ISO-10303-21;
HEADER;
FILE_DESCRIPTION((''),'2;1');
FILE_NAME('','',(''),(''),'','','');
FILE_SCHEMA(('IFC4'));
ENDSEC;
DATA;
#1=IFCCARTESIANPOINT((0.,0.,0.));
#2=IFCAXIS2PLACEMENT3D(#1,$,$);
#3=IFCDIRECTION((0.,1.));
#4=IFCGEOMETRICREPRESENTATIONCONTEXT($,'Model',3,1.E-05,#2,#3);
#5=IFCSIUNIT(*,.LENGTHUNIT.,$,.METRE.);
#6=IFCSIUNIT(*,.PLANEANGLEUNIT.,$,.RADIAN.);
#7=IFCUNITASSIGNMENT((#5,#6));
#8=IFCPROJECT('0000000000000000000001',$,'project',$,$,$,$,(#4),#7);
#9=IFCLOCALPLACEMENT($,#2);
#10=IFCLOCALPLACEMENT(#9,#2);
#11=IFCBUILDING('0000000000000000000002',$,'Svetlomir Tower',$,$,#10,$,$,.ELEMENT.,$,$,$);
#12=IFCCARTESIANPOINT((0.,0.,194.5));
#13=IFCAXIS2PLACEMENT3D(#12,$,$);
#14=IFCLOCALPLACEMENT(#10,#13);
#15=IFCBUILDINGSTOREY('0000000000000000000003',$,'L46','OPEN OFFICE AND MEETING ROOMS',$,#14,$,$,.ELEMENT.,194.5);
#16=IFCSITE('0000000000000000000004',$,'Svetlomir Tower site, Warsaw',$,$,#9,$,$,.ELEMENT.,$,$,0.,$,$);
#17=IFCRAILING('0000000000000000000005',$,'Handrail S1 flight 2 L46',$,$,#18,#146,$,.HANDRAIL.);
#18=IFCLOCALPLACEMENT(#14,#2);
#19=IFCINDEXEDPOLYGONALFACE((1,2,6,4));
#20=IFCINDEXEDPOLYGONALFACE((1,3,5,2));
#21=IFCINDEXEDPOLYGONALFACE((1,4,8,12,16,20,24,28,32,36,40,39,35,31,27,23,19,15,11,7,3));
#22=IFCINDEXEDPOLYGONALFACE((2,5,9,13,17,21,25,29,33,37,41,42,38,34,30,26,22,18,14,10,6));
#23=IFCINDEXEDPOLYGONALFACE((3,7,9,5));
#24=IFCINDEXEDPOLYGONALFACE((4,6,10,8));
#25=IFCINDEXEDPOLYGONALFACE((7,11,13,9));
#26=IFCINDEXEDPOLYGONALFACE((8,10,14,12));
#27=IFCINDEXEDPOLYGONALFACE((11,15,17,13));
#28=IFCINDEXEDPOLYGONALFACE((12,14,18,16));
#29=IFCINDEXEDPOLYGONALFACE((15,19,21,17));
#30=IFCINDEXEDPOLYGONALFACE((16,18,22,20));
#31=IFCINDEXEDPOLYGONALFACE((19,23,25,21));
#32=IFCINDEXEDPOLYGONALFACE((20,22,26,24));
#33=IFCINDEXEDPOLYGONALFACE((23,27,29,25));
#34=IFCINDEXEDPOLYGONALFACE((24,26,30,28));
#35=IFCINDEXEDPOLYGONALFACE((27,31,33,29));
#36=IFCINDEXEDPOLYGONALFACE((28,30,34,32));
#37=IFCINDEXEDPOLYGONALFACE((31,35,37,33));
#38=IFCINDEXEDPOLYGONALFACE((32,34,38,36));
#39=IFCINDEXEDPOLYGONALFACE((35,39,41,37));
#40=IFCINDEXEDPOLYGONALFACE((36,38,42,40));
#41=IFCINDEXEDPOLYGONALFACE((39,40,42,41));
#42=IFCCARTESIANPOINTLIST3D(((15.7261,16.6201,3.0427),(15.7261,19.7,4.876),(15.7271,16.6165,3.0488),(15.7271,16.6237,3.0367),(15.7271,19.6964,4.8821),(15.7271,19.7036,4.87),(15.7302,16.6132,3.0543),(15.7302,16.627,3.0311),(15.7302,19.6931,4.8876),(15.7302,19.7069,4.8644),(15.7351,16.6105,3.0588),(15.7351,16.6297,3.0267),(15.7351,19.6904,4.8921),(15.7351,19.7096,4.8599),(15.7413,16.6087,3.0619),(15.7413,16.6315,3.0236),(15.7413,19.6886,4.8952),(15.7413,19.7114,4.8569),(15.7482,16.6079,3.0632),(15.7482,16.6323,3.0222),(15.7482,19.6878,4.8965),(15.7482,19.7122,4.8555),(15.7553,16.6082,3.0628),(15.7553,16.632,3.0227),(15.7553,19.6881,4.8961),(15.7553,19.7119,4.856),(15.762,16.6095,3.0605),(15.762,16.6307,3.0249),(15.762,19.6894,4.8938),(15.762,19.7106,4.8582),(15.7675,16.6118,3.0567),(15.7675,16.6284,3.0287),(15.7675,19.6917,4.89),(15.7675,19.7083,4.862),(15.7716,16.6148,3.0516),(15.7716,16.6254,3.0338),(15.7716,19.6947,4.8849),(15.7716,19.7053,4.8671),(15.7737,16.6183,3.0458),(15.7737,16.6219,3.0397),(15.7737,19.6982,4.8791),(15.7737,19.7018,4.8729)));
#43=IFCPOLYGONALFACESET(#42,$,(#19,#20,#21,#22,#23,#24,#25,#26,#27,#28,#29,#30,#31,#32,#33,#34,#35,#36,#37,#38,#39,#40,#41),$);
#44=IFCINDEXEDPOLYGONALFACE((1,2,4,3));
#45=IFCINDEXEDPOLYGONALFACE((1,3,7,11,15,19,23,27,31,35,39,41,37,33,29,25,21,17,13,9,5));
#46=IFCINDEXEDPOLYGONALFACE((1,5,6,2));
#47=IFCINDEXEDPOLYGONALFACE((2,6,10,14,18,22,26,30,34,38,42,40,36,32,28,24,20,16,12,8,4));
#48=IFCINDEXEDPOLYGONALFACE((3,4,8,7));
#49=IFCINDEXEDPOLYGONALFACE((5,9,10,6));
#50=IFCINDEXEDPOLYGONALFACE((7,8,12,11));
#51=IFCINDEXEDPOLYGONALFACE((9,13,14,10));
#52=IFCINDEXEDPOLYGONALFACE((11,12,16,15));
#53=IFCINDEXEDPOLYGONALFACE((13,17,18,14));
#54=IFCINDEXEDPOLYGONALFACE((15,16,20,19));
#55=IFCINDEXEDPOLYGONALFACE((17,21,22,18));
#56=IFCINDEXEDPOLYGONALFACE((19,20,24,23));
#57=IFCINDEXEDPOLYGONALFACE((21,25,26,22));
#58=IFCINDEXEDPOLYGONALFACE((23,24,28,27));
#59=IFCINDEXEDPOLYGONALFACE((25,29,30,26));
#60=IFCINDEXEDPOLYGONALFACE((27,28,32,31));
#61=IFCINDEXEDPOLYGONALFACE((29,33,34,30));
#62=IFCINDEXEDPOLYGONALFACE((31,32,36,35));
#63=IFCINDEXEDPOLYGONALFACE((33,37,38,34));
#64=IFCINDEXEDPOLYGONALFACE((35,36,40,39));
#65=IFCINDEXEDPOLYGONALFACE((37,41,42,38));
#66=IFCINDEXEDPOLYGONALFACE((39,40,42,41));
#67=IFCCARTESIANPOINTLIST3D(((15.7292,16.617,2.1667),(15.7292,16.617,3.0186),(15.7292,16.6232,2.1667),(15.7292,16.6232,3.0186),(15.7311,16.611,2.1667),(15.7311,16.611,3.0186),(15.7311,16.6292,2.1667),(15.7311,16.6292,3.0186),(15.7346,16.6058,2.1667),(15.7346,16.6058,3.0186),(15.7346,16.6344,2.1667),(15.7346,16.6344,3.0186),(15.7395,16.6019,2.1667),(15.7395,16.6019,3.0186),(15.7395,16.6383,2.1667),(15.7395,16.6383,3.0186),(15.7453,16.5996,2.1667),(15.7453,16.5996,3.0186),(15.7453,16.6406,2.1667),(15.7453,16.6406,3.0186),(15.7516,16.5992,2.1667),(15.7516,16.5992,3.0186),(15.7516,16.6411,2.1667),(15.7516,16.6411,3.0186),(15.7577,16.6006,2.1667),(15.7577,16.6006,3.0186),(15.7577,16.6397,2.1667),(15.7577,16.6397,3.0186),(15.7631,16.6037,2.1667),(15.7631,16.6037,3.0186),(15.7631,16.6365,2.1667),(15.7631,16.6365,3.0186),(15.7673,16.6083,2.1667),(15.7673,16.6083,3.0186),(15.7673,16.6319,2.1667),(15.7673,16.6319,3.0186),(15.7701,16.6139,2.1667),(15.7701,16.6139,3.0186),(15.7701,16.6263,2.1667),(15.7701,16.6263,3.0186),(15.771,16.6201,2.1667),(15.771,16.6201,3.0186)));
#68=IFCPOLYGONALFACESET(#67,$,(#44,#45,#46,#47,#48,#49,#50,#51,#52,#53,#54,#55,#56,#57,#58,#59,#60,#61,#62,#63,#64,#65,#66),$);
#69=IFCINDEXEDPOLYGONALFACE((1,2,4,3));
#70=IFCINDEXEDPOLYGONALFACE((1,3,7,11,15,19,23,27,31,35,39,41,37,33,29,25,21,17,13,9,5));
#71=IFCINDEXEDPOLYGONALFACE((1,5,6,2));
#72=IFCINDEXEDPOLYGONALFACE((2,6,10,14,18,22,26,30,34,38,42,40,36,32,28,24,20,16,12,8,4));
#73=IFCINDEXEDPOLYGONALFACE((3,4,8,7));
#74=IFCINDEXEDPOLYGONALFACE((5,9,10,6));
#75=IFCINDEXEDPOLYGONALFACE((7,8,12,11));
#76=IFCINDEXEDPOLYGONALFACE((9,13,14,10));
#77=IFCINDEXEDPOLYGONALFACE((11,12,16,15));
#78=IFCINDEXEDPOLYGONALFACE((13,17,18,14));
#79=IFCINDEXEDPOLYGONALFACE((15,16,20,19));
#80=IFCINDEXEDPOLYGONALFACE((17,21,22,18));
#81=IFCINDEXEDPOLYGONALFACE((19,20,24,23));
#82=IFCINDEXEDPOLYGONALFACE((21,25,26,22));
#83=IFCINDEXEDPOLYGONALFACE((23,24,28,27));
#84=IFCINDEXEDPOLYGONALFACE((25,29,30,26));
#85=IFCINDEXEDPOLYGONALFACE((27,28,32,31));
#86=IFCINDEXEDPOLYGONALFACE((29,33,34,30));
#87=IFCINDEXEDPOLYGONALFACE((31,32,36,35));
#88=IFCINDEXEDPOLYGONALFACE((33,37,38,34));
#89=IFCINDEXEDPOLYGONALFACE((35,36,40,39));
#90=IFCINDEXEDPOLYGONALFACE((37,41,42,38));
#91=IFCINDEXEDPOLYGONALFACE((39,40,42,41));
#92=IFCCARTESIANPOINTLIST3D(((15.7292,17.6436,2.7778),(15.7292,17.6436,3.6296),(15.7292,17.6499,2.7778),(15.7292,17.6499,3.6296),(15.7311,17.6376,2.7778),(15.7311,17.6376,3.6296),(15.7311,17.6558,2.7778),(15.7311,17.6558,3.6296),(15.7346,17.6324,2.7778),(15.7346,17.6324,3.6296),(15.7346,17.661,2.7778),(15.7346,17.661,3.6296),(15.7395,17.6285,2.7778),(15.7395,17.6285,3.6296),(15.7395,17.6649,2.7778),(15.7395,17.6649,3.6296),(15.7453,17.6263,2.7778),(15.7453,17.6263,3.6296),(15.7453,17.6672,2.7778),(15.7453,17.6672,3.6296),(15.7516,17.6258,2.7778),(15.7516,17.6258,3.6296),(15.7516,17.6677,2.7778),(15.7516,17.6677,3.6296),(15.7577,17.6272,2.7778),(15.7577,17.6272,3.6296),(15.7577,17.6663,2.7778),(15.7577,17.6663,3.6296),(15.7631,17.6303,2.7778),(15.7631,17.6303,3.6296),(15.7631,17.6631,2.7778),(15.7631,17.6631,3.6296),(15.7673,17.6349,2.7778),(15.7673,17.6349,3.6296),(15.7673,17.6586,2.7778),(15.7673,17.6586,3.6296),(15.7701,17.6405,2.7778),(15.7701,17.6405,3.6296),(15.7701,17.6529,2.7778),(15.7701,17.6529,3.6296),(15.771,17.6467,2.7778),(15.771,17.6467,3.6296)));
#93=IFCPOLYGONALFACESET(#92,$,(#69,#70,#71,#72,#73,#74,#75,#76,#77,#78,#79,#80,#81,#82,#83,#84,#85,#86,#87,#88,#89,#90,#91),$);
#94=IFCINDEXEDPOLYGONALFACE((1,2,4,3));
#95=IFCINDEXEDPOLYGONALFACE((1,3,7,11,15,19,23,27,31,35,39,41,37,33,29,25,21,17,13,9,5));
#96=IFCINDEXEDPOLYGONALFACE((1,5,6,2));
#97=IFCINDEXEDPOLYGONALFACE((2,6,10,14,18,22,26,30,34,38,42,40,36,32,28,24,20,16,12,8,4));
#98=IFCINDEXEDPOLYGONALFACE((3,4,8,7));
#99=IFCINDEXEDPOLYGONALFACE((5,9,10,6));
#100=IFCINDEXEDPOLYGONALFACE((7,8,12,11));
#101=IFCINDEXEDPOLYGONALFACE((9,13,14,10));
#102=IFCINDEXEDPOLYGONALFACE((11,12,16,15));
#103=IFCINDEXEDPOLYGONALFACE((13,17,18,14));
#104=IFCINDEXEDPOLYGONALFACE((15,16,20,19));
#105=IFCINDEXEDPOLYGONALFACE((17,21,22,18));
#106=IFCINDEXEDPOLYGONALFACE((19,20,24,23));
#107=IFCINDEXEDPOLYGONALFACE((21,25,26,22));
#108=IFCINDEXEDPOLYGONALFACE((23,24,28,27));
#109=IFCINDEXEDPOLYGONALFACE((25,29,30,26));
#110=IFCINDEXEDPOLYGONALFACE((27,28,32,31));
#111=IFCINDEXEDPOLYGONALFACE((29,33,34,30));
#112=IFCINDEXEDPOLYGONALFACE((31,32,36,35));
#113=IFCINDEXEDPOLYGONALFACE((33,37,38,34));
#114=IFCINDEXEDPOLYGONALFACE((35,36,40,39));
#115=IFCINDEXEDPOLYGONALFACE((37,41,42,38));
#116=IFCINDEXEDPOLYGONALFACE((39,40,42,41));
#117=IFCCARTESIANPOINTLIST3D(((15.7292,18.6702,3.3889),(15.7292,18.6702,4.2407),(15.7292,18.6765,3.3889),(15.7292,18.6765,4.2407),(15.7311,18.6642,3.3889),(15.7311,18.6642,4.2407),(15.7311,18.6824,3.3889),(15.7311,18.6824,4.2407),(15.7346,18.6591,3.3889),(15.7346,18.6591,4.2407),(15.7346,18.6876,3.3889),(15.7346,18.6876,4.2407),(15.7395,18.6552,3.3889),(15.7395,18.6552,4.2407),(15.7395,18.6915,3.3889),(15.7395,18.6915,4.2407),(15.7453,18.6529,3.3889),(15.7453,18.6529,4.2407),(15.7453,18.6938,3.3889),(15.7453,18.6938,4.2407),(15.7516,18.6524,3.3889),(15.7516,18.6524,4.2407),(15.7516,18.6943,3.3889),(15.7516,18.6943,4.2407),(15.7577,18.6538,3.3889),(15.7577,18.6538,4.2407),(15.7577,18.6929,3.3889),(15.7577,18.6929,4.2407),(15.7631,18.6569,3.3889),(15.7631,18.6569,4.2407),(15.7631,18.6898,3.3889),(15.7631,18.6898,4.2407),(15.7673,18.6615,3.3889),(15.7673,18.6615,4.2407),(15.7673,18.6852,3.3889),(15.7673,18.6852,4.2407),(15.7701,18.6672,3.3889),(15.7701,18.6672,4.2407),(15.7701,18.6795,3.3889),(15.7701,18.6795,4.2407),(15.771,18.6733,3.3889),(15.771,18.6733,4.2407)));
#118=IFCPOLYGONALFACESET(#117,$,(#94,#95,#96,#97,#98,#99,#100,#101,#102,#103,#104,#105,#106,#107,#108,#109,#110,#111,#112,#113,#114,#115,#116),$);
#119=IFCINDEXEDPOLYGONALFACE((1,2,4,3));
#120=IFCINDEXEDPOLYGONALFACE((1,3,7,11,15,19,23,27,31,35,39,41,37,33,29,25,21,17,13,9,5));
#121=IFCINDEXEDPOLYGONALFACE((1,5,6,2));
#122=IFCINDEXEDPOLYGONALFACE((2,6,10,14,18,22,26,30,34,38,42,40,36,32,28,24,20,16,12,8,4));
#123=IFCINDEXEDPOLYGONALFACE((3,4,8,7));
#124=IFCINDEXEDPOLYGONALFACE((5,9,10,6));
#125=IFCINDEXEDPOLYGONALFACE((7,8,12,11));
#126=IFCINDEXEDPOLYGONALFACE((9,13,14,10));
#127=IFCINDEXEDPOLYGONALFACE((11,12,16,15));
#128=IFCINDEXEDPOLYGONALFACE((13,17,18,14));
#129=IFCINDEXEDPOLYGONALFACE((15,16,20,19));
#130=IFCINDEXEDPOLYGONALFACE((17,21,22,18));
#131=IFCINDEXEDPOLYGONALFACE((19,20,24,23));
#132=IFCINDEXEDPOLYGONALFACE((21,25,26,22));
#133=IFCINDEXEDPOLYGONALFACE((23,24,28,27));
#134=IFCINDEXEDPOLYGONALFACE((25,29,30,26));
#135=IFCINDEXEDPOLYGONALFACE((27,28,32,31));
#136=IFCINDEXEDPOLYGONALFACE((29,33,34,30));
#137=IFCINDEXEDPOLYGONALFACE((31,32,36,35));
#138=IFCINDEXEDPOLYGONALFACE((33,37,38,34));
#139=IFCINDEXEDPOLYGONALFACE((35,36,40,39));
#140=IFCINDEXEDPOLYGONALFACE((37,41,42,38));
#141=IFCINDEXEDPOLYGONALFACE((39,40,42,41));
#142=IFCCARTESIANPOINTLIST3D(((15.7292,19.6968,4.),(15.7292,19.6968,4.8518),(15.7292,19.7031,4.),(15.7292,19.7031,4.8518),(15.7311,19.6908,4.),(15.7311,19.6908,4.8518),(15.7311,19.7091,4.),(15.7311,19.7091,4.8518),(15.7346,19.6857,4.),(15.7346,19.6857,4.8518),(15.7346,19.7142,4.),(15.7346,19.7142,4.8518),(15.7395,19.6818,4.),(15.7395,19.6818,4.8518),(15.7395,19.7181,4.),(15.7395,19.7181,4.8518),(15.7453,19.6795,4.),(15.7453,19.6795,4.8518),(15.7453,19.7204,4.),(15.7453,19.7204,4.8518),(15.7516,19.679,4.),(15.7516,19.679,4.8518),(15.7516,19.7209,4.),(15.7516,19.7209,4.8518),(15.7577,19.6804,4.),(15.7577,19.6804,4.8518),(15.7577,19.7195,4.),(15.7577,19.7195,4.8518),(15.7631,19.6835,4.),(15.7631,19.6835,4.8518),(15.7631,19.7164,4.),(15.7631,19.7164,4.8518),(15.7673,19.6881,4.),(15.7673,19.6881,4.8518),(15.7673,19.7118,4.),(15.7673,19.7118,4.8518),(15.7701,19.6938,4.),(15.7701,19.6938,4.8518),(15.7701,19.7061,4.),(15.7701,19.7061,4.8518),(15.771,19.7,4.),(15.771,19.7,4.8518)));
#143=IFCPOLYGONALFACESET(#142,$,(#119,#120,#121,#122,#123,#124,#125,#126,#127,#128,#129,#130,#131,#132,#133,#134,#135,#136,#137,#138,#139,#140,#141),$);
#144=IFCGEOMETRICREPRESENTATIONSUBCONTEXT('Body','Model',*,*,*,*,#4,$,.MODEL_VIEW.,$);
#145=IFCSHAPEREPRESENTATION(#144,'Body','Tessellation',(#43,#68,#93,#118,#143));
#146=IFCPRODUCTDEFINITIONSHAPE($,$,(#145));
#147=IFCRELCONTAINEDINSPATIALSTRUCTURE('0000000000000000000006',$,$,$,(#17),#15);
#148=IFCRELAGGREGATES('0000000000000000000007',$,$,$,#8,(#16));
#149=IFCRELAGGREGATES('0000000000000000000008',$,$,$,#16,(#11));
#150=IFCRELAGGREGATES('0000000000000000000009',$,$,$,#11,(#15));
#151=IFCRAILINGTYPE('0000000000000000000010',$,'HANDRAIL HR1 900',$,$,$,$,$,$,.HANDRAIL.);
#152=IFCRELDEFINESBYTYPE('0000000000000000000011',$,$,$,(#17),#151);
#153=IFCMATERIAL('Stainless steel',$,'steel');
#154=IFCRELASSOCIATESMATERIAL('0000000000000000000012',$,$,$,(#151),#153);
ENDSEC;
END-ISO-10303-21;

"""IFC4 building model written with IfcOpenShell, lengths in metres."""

from ifc_helpers import new_model, si_unit, direction, frame, origin, origin_2d, place, context, subcontext, project, spatial, circle, extrude, material, type_object, element, save


model = new_model("IFC4")

# Units and contexts
model_context = context("Model", 3, precision=1e-05, world=origin(), true_north=direction((0.0, 1.0)))
body_context = subcontext(model_context, "Body", "Model", "MODEL_VIEW")
ifc_project = project(units=[si_unit("LENGTHUNIT", "METRE"), si_unit("PLANEANGLEUNIT", "RADIAN")], contexts=[model_context])

# Site, building, storey
site_placement = place(None, origin())
site = spatial("IfcSite", under=ifc_project, at=site_placement, Name="Svetlomir Tower site, Warsaw", CompositionType="ELEMENT", RefElevation=0.0)
building_placement = place(site_placement, origin())
building = spatial("IfcBuilding", under=site, at=building_placement, Name="Svetlomir Tower", CompositionType="ELEMENT")
storey_placement = place(building_placement, frame((0.0, 0.0, 194.5)))
storey = spatial("IfcBuildingStorey", under=building, at=storey_placement, Name="L46", Description="OPEN OFFICE AND MEETING ROOMS", CompositionType="ELEMENT", Elevation=194.5)

# Railing
ifc_material_1 = material(Name="Stainless steel", Category="steel")
railing_type = type_object("IfcRailingType", Name="HANDRAIL HR1 900", PredefinedType="HANDRAIL", material=ifc_material_1)
railing_placement = place(storey_placement, frame((15.75, 16.6201, 2.1667)))
element("IfcRailing", 1, at=railing_placement, inside=storey, type_object=railing_type, Name="Handrail S1 flight 2 L46", PredefinedType="HANDRAIL", context=body_context, shape_type="SweptSolid", body=[
    extrude(circle(Radius=0.0239, at=origin_2d()), frame((0.0, 0.0, 0.876), z_axis=(0.0, 0.859291, 0.511487), x_axis=(-1.0, 0.0, 0.0)), (0.0, 0.0, 1.0), 3.5842),
    extrude(circle(Radius=0.021, at=origin_2d()), origin(), (0.0, 0.0, 1.0), 0.8518),
    extrude(circle(Radius=0.021, at=origin_2d()), frame((0.0, 1.0266, 0.6111)), (0.0, 0.0, 1.0), 0.8518),
    extrude(circle(Radius=0.021, at=origin_2d()), frame((0.0, 2.0532, 1.2222)), (0.0, 0.0, 1.0), 0.8518),
    extrude(circle(Radius=0.021, at=origin_2d()), frame((0.0, 3.0798, 1.8333)), (0.0, 0.0, 1.0), 0.8518),
])

save(model, "model.ifc")
